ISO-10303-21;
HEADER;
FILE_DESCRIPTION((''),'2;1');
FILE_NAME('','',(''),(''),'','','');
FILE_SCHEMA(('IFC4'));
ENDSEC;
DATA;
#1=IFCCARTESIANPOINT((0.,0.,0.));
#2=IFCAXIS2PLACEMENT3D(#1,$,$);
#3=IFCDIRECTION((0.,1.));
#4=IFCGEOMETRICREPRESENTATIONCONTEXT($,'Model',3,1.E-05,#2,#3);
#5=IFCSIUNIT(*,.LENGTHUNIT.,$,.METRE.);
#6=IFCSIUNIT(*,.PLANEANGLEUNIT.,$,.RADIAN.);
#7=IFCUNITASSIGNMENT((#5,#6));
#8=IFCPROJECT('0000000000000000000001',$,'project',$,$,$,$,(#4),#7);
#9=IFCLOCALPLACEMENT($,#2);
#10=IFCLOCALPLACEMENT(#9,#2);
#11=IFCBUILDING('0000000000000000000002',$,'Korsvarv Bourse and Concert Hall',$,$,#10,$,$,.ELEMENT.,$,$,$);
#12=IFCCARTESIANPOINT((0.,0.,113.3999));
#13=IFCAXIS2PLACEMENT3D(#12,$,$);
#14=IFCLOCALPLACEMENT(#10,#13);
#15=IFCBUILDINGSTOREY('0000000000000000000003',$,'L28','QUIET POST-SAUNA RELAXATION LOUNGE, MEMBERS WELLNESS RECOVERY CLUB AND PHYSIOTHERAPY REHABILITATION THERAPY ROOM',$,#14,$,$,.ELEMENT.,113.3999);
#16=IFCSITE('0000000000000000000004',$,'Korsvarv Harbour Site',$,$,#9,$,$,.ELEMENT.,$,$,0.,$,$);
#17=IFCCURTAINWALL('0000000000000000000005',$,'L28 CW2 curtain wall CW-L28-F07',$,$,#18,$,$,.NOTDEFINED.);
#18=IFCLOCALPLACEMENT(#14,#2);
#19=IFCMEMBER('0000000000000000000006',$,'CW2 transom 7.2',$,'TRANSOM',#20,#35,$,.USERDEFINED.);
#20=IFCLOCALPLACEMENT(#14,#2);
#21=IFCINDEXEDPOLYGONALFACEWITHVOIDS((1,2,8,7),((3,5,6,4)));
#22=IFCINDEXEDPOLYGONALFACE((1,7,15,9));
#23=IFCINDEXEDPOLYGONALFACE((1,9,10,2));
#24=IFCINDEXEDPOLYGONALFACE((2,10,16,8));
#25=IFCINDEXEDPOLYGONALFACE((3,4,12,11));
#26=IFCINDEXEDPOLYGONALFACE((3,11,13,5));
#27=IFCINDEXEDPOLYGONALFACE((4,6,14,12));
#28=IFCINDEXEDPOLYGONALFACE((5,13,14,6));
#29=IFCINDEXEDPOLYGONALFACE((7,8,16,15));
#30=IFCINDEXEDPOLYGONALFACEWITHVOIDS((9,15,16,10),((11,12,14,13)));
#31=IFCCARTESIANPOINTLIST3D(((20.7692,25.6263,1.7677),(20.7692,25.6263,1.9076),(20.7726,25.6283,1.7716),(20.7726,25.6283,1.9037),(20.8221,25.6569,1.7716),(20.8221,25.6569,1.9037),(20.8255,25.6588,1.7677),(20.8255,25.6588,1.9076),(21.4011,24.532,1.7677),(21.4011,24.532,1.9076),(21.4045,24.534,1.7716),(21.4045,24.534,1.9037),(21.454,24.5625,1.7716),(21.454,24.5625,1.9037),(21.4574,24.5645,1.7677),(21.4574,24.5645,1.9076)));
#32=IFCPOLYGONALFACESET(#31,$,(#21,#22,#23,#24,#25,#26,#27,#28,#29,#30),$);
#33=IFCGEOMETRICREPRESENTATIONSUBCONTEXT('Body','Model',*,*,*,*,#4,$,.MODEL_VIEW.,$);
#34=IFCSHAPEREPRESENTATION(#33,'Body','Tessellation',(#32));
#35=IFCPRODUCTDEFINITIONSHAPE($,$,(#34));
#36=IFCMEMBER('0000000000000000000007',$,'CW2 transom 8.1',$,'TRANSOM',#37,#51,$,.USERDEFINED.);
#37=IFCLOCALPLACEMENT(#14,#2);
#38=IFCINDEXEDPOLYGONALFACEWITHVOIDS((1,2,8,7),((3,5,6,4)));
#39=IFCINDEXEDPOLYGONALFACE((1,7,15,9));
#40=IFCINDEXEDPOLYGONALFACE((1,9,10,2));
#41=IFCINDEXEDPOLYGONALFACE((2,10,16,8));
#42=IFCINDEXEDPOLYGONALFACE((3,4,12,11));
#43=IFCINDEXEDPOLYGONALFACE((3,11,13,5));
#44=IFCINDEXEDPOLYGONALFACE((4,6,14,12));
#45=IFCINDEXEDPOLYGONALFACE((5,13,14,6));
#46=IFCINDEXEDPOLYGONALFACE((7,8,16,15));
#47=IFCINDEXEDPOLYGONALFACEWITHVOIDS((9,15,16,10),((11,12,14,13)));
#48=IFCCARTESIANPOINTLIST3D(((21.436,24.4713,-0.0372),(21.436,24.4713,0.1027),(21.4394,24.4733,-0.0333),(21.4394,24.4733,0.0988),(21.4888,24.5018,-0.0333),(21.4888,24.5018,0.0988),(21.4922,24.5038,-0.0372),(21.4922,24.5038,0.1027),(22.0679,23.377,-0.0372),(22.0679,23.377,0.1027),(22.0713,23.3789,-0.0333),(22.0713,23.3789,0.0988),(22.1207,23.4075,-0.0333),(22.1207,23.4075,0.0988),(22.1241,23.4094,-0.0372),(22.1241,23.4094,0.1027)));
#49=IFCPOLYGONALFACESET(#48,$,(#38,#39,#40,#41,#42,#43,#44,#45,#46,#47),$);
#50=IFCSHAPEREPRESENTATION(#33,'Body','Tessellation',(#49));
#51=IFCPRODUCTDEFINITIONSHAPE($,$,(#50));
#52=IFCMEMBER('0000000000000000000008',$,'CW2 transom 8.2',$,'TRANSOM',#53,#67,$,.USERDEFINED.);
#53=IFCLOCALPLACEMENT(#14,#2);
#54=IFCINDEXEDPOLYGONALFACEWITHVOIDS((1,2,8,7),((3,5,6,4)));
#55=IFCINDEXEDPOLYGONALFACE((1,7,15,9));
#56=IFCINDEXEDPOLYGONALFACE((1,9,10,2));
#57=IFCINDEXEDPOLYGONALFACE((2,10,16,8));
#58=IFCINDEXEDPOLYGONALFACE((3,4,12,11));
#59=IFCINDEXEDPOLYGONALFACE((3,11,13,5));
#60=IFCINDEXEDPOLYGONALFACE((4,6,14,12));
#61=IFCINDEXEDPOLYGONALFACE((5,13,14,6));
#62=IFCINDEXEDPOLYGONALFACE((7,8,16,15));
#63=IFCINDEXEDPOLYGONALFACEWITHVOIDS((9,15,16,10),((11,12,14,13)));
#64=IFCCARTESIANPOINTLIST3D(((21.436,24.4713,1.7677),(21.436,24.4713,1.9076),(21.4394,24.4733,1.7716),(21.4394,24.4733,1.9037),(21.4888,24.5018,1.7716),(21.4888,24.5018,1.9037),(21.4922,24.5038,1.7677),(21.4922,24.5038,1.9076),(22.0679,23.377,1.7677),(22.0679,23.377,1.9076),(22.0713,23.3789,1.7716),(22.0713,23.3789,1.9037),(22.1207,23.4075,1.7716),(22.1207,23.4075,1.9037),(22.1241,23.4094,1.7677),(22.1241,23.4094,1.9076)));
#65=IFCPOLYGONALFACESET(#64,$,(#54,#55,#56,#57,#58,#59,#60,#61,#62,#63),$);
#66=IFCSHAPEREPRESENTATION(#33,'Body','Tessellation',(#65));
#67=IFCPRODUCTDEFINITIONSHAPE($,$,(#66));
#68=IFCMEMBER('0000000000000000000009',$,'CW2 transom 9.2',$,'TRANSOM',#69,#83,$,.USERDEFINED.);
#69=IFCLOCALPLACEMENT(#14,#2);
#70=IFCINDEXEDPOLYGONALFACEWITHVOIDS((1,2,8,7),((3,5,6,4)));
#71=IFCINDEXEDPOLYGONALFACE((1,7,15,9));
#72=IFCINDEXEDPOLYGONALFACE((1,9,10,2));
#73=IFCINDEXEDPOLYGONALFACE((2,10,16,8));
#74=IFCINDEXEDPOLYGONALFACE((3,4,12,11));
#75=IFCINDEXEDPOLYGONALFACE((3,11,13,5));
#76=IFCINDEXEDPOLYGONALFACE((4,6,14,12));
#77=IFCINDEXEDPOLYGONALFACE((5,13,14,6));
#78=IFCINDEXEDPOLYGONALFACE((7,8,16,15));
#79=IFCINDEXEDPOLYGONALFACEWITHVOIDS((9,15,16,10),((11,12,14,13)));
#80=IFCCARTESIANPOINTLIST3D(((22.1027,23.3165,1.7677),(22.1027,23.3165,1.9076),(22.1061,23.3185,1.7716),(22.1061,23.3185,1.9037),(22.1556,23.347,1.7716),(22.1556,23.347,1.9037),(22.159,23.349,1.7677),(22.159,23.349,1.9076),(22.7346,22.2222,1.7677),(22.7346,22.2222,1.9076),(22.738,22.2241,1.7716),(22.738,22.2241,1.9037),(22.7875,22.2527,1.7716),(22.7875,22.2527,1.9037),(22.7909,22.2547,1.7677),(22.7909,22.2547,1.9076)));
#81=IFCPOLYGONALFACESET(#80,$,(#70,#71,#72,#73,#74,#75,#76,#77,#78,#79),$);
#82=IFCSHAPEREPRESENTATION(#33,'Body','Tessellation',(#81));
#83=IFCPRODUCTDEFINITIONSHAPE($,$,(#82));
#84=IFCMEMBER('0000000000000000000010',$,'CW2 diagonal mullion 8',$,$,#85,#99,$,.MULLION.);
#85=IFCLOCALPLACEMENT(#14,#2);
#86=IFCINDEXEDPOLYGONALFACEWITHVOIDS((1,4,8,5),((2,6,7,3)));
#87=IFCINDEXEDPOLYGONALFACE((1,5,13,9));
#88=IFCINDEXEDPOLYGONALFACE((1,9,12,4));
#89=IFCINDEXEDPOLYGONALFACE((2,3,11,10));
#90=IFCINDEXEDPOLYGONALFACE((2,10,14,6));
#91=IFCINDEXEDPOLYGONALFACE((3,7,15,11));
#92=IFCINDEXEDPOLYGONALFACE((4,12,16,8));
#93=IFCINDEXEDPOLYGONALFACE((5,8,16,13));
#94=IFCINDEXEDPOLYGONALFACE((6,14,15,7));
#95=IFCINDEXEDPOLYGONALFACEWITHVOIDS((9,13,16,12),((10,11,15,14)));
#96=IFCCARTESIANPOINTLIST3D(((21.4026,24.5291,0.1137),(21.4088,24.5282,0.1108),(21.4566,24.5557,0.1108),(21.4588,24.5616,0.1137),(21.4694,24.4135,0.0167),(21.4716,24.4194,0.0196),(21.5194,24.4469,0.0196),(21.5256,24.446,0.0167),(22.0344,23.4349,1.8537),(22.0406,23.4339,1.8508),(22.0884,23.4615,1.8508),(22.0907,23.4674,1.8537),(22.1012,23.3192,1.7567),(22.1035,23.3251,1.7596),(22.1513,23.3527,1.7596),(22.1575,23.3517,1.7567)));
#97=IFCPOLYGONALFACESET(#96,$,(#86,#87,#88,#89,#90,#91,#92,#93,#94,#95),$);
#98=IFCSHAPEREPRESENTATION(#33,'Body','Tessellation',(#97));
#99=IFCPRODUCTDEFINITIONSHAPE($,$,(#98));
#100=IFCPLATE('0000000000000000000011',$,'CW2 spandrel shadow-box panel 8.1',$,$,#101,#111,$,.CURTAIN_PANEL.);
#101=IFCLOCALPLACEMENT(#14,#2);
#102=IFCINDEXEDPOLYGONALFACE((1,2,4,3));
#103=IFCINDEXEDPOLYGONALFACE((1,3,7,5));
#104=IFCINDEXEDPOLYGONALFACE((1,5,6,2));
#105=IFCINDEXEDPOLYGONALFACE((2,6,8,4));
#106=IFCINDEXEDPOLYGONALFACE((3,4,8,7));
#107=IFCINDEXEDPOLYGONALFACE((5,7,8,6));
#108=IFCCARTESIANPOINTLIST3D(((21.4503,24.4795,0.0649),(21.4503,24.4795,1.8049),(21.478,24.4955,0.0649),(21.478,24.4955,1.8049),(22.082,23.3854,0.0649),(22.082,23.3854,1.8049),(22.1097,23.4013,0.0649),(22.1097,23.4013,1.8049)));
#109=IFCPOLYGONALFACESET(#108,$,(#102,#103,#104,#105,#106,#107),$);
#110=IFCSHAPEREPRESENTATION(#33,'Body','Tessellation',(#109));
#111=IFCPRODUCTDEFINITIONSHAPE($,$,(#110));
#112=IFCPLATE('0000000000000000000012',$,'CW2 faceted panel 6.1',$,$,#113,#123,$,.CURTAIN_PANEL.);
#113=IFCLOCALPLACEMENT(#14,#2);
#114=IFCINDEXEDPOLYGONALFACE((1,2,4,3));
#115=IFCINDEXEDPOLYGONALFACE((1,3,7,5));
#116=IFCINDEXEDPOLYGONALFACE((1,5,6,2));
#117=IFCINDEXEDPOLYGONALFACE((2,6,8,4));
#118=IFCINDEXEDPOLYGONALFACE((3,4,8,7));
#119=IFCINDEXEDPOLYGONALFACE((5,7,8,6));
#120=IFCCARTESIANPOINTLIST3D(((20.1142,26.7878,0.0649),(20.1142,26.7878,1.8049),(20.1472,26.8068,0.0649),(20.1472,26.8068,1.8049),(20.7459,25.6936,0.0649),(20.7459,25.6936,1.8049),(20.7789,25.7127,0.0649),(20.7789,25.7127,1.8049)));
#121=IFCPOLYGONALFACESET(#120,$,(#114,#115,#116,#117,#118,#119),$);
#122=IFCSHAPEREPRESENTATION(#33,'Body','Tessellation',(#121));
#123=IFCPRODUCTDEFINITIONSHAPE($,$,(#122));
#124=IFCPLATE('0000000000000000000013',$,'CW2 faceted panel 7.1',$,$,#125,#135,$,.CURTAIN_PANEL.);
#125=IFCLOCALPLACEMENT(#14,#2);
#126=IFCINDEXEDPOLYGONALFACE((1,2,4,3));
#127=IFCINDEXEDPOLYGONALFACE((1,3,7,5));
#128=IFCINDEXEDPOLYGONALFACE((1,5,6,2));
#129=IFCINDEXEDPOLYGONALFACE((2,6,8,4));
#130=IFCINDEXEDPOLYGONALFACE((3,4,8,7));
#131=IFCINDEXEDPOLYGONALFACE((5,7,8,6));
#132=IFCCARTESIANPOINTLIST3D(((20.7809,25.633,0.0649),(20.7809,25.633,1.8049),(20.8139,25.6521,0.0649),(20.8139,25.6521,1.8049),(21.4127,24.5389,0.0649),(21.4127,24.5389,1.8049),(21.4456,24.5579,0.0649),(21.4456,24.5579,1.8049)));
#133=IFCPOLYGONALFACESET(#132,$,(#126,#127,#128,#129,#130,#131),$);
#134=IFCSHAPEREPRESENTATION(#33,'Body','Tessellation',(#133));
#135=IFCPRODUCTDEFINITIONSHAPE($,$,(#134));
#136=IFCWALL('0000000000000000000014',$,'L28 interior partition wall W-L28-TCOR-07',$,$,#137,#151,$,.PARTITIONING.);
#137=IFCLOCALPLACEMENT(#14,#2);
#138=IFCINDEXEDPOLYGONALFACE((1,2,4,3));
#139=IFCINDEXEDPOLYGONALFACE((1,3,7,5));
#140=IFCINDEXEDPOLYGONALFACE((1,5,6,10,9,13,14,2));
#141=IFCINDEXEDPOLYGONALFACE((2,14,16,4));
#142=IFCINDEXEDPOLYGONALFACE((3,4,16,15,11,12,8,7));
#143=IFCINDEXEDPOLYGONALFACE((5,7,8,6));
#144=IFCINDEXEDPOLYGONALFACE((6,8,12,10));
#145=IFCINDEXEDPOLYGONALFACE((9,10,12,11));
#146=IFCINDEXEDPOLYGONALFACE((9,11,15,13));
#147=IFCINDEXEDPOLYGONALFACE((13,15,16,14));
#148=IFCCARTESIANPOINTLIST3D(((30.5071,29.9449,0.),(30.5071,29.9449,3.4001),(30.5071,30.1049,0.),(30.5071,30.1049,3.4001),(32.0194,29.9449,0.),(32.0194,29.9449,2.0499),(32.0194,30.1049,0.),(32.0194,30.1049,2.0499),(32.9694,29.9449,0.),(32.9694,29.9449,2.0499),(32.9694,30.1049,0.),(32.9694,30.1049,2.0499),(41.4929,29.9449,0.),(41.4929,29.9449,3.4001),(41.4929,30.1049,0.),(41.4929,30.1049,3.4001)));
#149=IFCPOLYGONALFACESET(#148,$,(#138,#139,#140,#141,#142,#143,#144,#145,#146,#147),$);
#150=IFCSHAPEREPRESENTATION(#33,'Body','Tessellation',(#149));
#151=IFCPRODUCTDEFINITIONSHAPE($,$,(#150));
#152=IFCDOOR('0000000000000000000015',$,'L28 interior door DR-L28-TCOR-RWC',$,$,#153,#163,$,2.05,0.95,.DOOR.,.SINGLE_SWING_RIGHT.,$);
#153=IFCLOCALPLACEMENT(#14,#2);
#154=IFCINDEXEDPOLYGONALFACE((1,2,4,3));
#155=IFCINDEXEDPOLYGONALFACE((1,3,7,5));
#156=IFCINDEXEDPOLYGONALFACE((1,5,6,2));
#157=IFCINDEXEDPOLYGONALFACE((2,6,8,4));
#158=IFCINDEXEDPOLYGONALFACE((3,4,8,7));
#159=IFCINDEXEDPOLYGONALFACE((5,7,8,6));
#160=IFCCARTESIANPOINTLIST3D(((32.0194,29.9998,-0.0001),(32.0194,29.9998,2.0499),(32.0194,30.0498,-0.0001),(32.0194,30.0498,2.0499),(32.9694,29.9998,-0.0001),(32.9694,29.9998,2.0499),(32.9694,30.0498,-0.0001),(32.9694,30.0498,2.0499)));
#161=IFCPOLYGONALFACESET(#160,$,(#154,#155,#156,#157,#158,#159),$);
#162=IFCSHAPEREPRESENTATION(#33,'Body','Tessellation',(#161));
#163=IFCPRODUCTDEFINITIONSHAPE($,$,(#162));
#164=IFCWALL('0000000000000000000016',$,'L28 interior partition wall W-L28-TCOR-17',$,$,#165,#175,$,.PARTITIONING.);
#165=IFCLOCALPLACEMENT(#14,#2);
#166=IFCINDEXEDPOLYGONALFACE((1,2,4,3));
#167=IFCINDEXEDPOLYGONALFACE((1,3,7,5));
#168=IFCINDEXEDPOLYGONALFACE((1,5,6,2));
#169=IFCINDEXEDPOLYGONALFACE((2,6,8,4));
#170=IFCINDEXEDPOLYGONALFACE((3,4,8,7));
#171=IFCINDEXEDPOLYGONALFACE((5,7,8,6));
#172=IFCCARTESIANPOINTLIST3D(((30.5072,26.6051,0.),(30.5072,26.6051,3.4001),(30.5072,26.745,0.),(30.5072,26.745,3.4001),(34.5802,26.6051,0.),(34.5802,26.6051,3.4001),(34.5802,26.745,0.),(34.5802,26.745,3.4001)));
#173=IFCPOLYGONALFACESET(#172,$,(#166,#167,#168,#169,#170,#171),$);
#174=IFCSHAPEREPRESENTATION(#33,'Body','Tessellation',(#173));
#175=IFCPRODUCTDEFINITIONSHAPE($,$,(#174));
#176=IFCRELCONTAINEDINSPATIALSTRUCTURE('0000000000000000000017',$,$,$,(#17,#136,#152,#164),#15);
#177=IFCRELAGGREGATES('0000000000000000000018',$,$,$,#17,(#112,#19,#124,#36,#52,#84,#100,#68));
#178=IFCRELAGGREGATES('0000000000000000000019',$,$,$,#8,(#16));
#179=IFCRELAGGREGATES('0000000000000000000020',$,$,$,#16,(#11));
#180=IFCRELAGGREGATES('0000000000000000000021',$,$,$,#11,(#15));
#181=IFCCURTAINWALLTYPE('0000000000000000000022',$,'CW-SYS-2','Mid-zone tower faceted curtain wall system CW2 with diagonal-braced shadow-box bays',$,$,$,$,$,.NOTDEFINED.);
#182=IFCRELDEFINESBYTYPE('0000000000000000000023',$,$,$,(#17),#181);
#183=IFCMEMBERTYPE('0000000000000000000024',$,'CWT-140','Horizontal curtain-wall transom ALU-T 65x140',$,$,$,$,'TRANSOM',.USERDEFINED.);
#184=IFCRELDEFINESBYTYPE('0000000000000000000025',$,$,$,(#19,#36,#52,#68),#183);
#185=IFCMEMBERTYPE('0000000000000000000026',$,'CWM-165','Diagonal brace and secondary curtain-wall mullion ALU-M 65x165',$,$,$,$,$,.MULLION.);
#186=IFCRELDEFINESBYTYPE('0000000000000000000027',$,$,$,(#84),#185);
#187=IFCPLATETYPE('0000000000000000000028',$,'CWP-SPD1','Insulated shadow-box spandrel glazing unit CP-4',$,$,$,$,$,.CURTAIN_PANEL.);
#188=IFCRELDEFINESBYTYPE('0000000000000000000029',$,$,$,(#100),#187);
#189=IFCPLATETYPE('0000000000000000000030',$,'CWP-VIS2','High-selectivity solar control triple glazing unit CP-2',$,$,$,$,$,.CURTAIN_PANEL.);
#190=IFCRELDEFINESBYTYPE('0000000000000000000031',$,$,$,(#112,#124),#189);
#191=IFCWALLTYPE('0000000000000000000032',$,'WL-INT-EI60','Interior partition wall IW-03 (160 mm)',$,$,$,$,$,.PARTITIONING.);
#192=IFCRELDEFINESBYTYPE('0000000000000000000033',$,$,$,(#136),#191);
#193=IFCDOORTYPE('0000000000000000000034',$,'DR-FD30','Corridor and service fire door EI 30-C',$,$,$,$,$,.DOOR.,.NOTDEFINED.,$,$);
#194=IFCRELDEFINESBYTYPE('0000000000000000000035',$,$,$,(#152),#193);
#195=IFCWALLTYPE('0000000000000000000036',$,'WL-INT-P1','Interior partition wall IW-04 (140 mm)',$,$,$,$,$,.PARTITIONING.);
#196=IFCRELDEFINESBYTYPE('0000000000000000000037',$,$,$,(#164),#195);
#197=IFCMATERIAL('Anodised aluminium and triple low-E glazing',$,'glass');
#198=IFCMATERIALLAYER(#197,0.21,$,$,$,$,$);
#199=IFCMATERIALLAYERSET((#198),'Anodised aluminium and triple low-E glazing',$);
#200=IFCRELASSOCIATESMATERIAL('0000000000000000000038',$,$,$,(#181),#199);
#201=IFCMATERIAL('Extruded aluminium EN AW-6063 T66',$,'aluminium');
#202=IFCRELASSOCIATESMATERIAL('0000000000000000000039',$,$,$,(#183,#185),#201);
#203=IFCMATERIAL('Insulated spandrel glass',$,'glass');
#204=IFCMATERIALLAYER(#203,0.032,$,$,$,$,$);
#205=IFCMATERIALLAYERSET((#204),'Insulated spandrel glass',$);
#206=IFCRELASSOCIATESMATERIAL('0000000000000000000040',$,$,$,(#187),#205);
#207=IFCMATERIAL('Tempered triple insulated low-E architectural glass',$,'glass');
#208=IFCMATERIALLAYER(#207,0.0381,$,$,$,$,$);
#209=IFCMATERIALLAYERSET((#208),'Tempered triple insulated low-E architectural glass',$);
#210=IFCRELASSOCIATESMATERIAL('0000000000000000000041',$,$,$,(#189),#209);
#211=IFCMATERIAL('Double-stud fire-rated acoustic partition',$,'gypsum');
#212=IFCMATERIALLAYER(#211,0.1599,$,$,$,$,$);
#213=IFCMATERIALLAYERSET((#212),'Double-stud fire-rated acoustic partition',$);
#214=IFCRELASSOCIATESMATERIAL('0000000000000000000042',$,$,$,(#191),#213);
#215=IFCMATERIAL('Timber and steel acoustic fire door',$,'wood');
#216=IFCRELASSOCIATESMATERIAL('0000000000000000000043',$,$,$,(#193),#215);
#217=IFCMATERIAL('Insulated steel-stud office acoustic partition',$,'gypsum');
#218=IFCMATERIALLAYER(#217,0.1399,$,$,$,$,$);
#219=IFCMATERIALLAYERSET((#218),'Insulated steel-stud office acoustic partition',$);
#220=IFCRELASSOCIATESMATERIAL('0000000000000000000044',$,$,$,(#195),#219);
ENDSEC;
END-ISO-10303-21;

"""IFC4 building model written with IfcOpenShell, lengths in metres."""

from ifc_helpers import new_model, si_unit, direction, frame, frame_2d, origin, origin_2d, place, context, subcontext, project, spatial, rectangle, hollow_rectangle, extrude, source, transform, mapped, material, layer, layer_set, material_profile, profile_set, type_object, element, fill, aggregate, save


model = new_model("IFC4")

# Units and contexts
model_context = context("Model", 3, precision=1e-05, world=origin(), true_north=direction((0.0, 1.0)))
body_context = subcontext(model_context, "Body", "Model", "MODEL_VIEW")
ifc_project = project(units=[si_unit("LENGTHUNIT", "METRE"), si_unit("PLANEANGLEUNIT", "RADIAN")], contexts=[model_context])

# Site, building, storey
site_placement = place(None, origin())
site = spatial("IfcSite", under=ifc_project, at=site_placement, Name="Korsvarv Harbour Site", CompositionType="ELEMENT", RefElevation=0.0)
building_placement = place(site_placement, origin())
building = spatial("IfcBuilding", under=site, at=building_placement, Name="Korsvarv Bourse and Concert Hall", CompositionType="ELEMENT")
storey_placement = place(building_placement, frame((0.0, 0.0, 113.3999)))
storey = spatial("IfcBuildingStorey", under=building, at=storey_placement, Name="L28", Description="QUIET POST-SAUNA RELAXATION LOUNGE, MEMBERS WELLNESS RECOVERY CLUB AND PHYSIOTHERAPY REHABILITATION THERAPY ROOM", CompositionType="ELEMENT", Elevation=113.3999)

# Curtain wall, members, plates
ifc_material_1 = material(Name="Anodised aluminium and triple low-E glazing", Category="glass")
ifc_layer_1 = layer(ifc_material_1, 0.21)
ifc_layer_set_1 = layer_set([ifc_layer_1], Name="Anodised aluminium and triple low-E glazing")
curtain_wall_type = type_object("IfcCurtainWallType", Name="CW-SYS-2", Description="Mid-zone tower faceted curtain wall system CW2 with diagonal-braced shadow-box bays", PredefinedType="NOTDEFINED", material=ifc_layer_set_1)
curtain_wall_placement = place(storey_placement, origin())
curtain_wall = element("IfcCurtainWall", 1, at=curtain_wall_placement, inside=storey, type_object=curtain_wall_type, Name="L28 CW2 curtain wall CW-L28-F07", PredefinedType="NOTDEFINED")
ifc_material_2 = material(Name="Extruded aluminium EN AW-6063 T66", Category="aluminium")
ifc_material_profile_1 = material_profile(ifc_material_2, hollow_rectangle(XDim=0.0649, YDim=0.1399, WallThickness=0.0039, at=origin_2d()), Name="ALU-T 65x140")
ifc_profile_set_1 = profile_set([ifc_material_profile_1], Name="Extruded aluminium EN AW-6063 T66")
member_type_1 = type_object("IfcMemberType", Name="CWT-140", Description="Horizontal curtain-wall transom ALU-T 65x140", ElementType="TRANSOM", PredefinedType="USERDEFINED", material=ifc_profile_set_1)
shared_shape_1 = source(origin(), body_context, "Body", "SweptSolid", [
    extrude(hollow_rectangle(XDim=0.0649, YDim=0.1399, WallThickness=0.0039, at=origin_2d()), origin(), (0.0, 0.0, 1.0), 1.2637),
])
member_1_placement = place(storey_placement, frame((20.7974, 25.6426, 1.8376), z_axis=(0.500046, -0.865999, 0.0), x_axis=(0.865999, 0.500046, 0.0)))
member_1 = element("IfcMember", 2, at=member_1_placement, type_object=member_type_1, Name="CW2 transom 7.2", ObjectType="TRANSOM", PredefinedType="USERDEFINED", context=body_context, shape_type="MappedRepresentation", body=[
    mapped(shared_shape_1, transform((0.0, 0.0, 0.0), scale=1.0)),
])
member_2_placement = place(storey_placement, frame((21.4641, 24.4875, 0.0327), z_axis=(0.500046, -0.865999, 0.0), x_axis=(0.865999, 0.500046, 0.0)))
member_2 = element("IfcMember", 3, at=member_2_placement, type_object=member_type_1, Name="CW2 transom 8.1", ObjectType="TRANSOM", PredefinedType="USERDEFINED", context=body_context, shape_type="MappedRepresentation", body=[
    mapped(shared_shape_1, transform((0.0, 0.0, 0.0), scale=1.0)),
])
member_3_placement = place(storey_placement, frame((21.4641, 24.4875, 1.8376), z_axis=(0.500046, -0.865999, 0.0), x_axis=(0.865999, 0.500046, 0.0)))
member_3 = element("IfcMember", 4, at=member_3_placement, type_object=member_type_1, Name="CW2 transom 8.2", ObjectType="TRANSOM", PredefinedType="USERDEFINED", context=body_context, shape_type="MappedRepresentation", body=[
    mapped(shared_shape_1, transform((0.0, 0.0, 0.0), scale=1.0)),
])
member_4_placement = place(storey_placement, frame((22.1309, 23.3328, 1.8376), z_axis=(0.500046, -0.865999, 0.0), x_axis=(0.865999, 0.500046, 0.0)))
member_4 = element("IfcMember", 5, at=member_4_placement, type_object=member_type_1, Name="CW2 transom 9.2", ObjectType="TRANSOM", PredefinedType="USERDEFINED", context=body_context, shape_type="MappedRepresentation", body=[
    mapped(shared_shape_1, transform((0.0, 0.0, 0.0), scale=1.0)),
])
ifc_material_profile_2 = material_profile(ifc_material_2, hollow_rectangle(XDim=0.0649, YDim=0.165, WallThickness=0.0049, at=origin_2d()), Name="ALU-M 65x165")
ifc_profile_set_2 = profile_set([ifc_material_profile_2], Name="Extruded aluminium EN AW-6063 T66")
member_type_2 = type_object("IfcMemberType", Name="CWM-165", Description="Diagonal brace and secondary curtain-wall mullion ALU-M 65x165", PredefinedType="MULLION", material=ifc_profile_set_2)
shared_shape_2 = source(origin(), body_context, "Body", "SweptSolid", [
    extrude(hollow_rectangle(XDim=0.0649, YDim=0.165, WallThickness=0.0049, at=origin_2d()), origin(), (0.0, 0.0, 1.0), 2.1504),
])
member_5_placement = place(storey_placement, frame((21.4641, 24.4875, 0.0652), z_axis=(0.293825, -0.508858, 0.809154), x_axis=(0.865999, 0.500046, 0.0)))
member_5 = element("IfcMember", 6, at=member_5_placement, type_object=member_type_2, Name="CW2 diagonal mullion 8", PredefinedType="MULLION", context=body_context, shape_type="MappedRepresentation", body=[
    mapped(shared_shape_2, transform((0.0, 0.0, 0.0), scale=1.0)),
])
ifc_material_3 = material(Name="Insulated spandrel glass", Category="glass")
ifc_layer_2 = layer(ifc_material_3, 0.032)
ifc_layer_set_2 = layer_set([ifc_layer_2], Name="Insulated spandrel glass")
plate_type_1 = type_object("IfcPlateType", Name="CWP-SPD1", Description="Insulated shadow-box spandrel glazing unit CP-4", PredefinedType="CURTAIN_PANEL", material=ifc_layer_set_2)
shared_shape_3 = source(origin(), body_context, "Body", "SweptSolid", [
    extrude(rectangle(XDim=1.2634, YDim=0.032, at=origin_2d()), origin(), (0.0, 0.0, 1.0), 1.74),
])
plate_1_placement = place(storey_placement, frame((21.78, 23.9404, 0.0649), z_axis=(0.0, 0.0, 1.0), x_axis=(0.500006, -0.866022, 0.0)))
plate_1 = element("IfcPlate", 7, at=plate_1_placement, type_object=plate_type_1, Name="CW2 spandrel shadow-box panel 8.1", PredefinedType="CURTAIN_PANEL", context=body_context, shape_type="MappedRepresentation", body=[
    mapped(shared_shape_3, transform((0.0, 0.0, 0.0), scale=1.0)),
])
ifc_material_4 = material(Name="Tempered triple insulated low-E architectural glass", Category="glass")
ifc_layer_3 = layer(ifc_material_4, 0.0381)
ifc_layer_set_3 = layer_set([ifc_layer_3], Name="Tempered triple insulated low-E architectural glass")
plate_type_2 = type_object("IfcPlateType", Name="CWP-VIS2", Description="High-selectivity solar control triple glazing unit CP-2", PredefinedType="CURTAIN_PANEL", material=ifc_layer_set_3)
shared_shape_4 = source(origin(), body_context, "Body", "SweptSolid", [
    extrude(rectangle(XDim=1.2634, YDim=0.0381, at=origin_2d()), origin(), (0.0, 0.0, 1.0), 1.74),
])
plate_2_placement = place(storey_placement, frame((20.4465, 26.2502, 0.0649), z_axis=(0.0, 0.0, 1.0), x_axis=(0.500006, -0.866022, 0.0)))
plate_2 = element("IfcPlate", 8, at=plate_2_placement, type_object=plate_type_2, Name="CW2 faceted panel 6.1", PredefinedType="CURTAIN_PANEL", context=body_context, shape_type="MappedRepresentation", body=[
    mapped(shared_shape_4, transform((0.0, 0.0, 0.0), scale=1.0)),
])
plate_3_placement = place(storey_placement, frame((21.1133, 25.0955, 0.0649), z_axis=(0.0, 0.0, 1.0), x_axis=(0.500006, -0.866022, 0.0)))
plate_3 = element("IfcPlate", 9, at=plate_3_placement, type_object=plate_type_2, Name="CW2 faceted panel 7.1", PredefinedType="CURTAIN_PANEL", context=body_context, shape_type="MappedRepresentation", body=[
    mapped(shared_shape_4, transform((0.0, 0.0, 0.0), scale=1.0)),
])
aggregate(curtain_wall, [plate_2, member_1, plate_3, member_2, member_3, member_5, plate_1, member_4])

# Wall, opening, door
ifc_material_5 = material(Name="Double-stud fire-rated acoustic partition", Category="gypsum")
ifc_layer_4 = layer(ifc_material_5, 0.1599)
ifc_layer_set_4 = layer_set([ifc_layer_4], Name="Double-stud fire-rated acoustic partition")
wall_type_1 = type_object("IfcWallType", Name="WL-INT-EI60", Description="Interior partition wall IW-03 (160 mm)", PredefinedType="PARTITIONING", material=ifc_layer_set_4)
wall_1_placement = place(storey_placement, frame((30.5071, 30.0249, 0.0), z_axis=(0.0, 0.0, 1.0), x_axis=(1.0, 0.0, 0.0)))
wall_1 = element("IfcWall", 10, at=wall_1_placement, inside=storey, type_object=wall_type_1, Name="L28 interior partition wall W-L28-TCOR-07", PredefinedType="PARTITIONING", context=body_context, shape_type="SweptSolid", body=[
    extrude(rectangle(XDim=10.9858, YDim=0.1599, at=frame_2d((5.4929, 0.0))), origin(), (0.0, 0.0, 1.0), 3.4001),
])
opening_placement = place(wall_1_placement, frame((1.5122, 0.0, 0.0)))
opening = element("IfcOpeningElement", 11, at=opening_placement, cuts=wall_1, PredefinedType="OPENING", context=body_context, shape_type="SweptSolid", body=[
    extrude(rectangle(XDim=0.95, YDim=2.05, at=frame_2d((0.4751, 1.0249))), frame((0.0, 0.0898, 0.0), z_axis=(0.0, -1.0, 0.0), x_axis=(1.0, 0.0, 0.0)), (0.0, 0.0, 1.0), 0.1799),
])
ifc_material_6 = material(Name="Timber and steel acoustic fire door", Category="wood")
door_type = type_object("IfcDoorType", Name="DR-FD30", Description="Corridor and service fire door EI 30-C", OperationType="NOTDEFINED", PredefinedType="DOOR", material=ifc_material_6)
door_placement = place(opening_placement, origin())
door = element("IfcDoor", 12, at=door_placement, inside=storey, type_object=door_type, Name="L28 interior door DR-L28-TCOR-RWC", OperationType="SINGLE_SWING_RIGHT", OverallHeight=2.05, OverallWidth=0.95, PredefinedType="DOOR", context=body_context, shape_type="SweptSolid", body=[
    extrude(rectangle(XDim=0.95, YDim=2.05, at=frame_2d((0.4751, 1.0249))), frame((0.0, 0.0249, 0.0), z_axis=(0.0, -1.0, 0.0), x_axis=(1.0, 0.0, 0.0)), (0.0, 0.0, 1.0), 0.05),
])
fill(opening, door)

# Wall
ifc_material_7 = material(Name="Insulated steel-stud office acoustic partition", Category="gypsum")
ifc_layer_5 = layer(ifc_material_7, 0.1399)
ifc_layer_set_5 = layer_set([ifc_layer_5], Name="Insulated steel-stud office acoustic partition")
wall_type_2 = type_object("IfcWallType", Name="WL-INT-P1", Description="Interior partition wall IW-04 (140 mm)", PredefinedType="PARTITIONING", material=ifc_layer_set_5)
wall_2_placement = place(storey_placement, frame((30.5071, 26.675, 0.0), z_axis=(0.0, 0.0, 1.0), x_axis=(1.0, 0.0, 0.0)))
element("IfcWall", 13, at=wall_2_placement, inside=storey, type_object=wall_type_2, Name="L28 interior partition wall W-L28-TCOR-17", PredefinedType="PARTITIONING", context=body_context, shape_type="SweptSolid", body=[
    extrude(rectangle(XDim=4.073, YDim=0.1399, at=frame_2d((2.0366, 0.0))), origin(), (0.0, 0.0, 1.0), 3.4001),
])

save(model, "model.ifc")
